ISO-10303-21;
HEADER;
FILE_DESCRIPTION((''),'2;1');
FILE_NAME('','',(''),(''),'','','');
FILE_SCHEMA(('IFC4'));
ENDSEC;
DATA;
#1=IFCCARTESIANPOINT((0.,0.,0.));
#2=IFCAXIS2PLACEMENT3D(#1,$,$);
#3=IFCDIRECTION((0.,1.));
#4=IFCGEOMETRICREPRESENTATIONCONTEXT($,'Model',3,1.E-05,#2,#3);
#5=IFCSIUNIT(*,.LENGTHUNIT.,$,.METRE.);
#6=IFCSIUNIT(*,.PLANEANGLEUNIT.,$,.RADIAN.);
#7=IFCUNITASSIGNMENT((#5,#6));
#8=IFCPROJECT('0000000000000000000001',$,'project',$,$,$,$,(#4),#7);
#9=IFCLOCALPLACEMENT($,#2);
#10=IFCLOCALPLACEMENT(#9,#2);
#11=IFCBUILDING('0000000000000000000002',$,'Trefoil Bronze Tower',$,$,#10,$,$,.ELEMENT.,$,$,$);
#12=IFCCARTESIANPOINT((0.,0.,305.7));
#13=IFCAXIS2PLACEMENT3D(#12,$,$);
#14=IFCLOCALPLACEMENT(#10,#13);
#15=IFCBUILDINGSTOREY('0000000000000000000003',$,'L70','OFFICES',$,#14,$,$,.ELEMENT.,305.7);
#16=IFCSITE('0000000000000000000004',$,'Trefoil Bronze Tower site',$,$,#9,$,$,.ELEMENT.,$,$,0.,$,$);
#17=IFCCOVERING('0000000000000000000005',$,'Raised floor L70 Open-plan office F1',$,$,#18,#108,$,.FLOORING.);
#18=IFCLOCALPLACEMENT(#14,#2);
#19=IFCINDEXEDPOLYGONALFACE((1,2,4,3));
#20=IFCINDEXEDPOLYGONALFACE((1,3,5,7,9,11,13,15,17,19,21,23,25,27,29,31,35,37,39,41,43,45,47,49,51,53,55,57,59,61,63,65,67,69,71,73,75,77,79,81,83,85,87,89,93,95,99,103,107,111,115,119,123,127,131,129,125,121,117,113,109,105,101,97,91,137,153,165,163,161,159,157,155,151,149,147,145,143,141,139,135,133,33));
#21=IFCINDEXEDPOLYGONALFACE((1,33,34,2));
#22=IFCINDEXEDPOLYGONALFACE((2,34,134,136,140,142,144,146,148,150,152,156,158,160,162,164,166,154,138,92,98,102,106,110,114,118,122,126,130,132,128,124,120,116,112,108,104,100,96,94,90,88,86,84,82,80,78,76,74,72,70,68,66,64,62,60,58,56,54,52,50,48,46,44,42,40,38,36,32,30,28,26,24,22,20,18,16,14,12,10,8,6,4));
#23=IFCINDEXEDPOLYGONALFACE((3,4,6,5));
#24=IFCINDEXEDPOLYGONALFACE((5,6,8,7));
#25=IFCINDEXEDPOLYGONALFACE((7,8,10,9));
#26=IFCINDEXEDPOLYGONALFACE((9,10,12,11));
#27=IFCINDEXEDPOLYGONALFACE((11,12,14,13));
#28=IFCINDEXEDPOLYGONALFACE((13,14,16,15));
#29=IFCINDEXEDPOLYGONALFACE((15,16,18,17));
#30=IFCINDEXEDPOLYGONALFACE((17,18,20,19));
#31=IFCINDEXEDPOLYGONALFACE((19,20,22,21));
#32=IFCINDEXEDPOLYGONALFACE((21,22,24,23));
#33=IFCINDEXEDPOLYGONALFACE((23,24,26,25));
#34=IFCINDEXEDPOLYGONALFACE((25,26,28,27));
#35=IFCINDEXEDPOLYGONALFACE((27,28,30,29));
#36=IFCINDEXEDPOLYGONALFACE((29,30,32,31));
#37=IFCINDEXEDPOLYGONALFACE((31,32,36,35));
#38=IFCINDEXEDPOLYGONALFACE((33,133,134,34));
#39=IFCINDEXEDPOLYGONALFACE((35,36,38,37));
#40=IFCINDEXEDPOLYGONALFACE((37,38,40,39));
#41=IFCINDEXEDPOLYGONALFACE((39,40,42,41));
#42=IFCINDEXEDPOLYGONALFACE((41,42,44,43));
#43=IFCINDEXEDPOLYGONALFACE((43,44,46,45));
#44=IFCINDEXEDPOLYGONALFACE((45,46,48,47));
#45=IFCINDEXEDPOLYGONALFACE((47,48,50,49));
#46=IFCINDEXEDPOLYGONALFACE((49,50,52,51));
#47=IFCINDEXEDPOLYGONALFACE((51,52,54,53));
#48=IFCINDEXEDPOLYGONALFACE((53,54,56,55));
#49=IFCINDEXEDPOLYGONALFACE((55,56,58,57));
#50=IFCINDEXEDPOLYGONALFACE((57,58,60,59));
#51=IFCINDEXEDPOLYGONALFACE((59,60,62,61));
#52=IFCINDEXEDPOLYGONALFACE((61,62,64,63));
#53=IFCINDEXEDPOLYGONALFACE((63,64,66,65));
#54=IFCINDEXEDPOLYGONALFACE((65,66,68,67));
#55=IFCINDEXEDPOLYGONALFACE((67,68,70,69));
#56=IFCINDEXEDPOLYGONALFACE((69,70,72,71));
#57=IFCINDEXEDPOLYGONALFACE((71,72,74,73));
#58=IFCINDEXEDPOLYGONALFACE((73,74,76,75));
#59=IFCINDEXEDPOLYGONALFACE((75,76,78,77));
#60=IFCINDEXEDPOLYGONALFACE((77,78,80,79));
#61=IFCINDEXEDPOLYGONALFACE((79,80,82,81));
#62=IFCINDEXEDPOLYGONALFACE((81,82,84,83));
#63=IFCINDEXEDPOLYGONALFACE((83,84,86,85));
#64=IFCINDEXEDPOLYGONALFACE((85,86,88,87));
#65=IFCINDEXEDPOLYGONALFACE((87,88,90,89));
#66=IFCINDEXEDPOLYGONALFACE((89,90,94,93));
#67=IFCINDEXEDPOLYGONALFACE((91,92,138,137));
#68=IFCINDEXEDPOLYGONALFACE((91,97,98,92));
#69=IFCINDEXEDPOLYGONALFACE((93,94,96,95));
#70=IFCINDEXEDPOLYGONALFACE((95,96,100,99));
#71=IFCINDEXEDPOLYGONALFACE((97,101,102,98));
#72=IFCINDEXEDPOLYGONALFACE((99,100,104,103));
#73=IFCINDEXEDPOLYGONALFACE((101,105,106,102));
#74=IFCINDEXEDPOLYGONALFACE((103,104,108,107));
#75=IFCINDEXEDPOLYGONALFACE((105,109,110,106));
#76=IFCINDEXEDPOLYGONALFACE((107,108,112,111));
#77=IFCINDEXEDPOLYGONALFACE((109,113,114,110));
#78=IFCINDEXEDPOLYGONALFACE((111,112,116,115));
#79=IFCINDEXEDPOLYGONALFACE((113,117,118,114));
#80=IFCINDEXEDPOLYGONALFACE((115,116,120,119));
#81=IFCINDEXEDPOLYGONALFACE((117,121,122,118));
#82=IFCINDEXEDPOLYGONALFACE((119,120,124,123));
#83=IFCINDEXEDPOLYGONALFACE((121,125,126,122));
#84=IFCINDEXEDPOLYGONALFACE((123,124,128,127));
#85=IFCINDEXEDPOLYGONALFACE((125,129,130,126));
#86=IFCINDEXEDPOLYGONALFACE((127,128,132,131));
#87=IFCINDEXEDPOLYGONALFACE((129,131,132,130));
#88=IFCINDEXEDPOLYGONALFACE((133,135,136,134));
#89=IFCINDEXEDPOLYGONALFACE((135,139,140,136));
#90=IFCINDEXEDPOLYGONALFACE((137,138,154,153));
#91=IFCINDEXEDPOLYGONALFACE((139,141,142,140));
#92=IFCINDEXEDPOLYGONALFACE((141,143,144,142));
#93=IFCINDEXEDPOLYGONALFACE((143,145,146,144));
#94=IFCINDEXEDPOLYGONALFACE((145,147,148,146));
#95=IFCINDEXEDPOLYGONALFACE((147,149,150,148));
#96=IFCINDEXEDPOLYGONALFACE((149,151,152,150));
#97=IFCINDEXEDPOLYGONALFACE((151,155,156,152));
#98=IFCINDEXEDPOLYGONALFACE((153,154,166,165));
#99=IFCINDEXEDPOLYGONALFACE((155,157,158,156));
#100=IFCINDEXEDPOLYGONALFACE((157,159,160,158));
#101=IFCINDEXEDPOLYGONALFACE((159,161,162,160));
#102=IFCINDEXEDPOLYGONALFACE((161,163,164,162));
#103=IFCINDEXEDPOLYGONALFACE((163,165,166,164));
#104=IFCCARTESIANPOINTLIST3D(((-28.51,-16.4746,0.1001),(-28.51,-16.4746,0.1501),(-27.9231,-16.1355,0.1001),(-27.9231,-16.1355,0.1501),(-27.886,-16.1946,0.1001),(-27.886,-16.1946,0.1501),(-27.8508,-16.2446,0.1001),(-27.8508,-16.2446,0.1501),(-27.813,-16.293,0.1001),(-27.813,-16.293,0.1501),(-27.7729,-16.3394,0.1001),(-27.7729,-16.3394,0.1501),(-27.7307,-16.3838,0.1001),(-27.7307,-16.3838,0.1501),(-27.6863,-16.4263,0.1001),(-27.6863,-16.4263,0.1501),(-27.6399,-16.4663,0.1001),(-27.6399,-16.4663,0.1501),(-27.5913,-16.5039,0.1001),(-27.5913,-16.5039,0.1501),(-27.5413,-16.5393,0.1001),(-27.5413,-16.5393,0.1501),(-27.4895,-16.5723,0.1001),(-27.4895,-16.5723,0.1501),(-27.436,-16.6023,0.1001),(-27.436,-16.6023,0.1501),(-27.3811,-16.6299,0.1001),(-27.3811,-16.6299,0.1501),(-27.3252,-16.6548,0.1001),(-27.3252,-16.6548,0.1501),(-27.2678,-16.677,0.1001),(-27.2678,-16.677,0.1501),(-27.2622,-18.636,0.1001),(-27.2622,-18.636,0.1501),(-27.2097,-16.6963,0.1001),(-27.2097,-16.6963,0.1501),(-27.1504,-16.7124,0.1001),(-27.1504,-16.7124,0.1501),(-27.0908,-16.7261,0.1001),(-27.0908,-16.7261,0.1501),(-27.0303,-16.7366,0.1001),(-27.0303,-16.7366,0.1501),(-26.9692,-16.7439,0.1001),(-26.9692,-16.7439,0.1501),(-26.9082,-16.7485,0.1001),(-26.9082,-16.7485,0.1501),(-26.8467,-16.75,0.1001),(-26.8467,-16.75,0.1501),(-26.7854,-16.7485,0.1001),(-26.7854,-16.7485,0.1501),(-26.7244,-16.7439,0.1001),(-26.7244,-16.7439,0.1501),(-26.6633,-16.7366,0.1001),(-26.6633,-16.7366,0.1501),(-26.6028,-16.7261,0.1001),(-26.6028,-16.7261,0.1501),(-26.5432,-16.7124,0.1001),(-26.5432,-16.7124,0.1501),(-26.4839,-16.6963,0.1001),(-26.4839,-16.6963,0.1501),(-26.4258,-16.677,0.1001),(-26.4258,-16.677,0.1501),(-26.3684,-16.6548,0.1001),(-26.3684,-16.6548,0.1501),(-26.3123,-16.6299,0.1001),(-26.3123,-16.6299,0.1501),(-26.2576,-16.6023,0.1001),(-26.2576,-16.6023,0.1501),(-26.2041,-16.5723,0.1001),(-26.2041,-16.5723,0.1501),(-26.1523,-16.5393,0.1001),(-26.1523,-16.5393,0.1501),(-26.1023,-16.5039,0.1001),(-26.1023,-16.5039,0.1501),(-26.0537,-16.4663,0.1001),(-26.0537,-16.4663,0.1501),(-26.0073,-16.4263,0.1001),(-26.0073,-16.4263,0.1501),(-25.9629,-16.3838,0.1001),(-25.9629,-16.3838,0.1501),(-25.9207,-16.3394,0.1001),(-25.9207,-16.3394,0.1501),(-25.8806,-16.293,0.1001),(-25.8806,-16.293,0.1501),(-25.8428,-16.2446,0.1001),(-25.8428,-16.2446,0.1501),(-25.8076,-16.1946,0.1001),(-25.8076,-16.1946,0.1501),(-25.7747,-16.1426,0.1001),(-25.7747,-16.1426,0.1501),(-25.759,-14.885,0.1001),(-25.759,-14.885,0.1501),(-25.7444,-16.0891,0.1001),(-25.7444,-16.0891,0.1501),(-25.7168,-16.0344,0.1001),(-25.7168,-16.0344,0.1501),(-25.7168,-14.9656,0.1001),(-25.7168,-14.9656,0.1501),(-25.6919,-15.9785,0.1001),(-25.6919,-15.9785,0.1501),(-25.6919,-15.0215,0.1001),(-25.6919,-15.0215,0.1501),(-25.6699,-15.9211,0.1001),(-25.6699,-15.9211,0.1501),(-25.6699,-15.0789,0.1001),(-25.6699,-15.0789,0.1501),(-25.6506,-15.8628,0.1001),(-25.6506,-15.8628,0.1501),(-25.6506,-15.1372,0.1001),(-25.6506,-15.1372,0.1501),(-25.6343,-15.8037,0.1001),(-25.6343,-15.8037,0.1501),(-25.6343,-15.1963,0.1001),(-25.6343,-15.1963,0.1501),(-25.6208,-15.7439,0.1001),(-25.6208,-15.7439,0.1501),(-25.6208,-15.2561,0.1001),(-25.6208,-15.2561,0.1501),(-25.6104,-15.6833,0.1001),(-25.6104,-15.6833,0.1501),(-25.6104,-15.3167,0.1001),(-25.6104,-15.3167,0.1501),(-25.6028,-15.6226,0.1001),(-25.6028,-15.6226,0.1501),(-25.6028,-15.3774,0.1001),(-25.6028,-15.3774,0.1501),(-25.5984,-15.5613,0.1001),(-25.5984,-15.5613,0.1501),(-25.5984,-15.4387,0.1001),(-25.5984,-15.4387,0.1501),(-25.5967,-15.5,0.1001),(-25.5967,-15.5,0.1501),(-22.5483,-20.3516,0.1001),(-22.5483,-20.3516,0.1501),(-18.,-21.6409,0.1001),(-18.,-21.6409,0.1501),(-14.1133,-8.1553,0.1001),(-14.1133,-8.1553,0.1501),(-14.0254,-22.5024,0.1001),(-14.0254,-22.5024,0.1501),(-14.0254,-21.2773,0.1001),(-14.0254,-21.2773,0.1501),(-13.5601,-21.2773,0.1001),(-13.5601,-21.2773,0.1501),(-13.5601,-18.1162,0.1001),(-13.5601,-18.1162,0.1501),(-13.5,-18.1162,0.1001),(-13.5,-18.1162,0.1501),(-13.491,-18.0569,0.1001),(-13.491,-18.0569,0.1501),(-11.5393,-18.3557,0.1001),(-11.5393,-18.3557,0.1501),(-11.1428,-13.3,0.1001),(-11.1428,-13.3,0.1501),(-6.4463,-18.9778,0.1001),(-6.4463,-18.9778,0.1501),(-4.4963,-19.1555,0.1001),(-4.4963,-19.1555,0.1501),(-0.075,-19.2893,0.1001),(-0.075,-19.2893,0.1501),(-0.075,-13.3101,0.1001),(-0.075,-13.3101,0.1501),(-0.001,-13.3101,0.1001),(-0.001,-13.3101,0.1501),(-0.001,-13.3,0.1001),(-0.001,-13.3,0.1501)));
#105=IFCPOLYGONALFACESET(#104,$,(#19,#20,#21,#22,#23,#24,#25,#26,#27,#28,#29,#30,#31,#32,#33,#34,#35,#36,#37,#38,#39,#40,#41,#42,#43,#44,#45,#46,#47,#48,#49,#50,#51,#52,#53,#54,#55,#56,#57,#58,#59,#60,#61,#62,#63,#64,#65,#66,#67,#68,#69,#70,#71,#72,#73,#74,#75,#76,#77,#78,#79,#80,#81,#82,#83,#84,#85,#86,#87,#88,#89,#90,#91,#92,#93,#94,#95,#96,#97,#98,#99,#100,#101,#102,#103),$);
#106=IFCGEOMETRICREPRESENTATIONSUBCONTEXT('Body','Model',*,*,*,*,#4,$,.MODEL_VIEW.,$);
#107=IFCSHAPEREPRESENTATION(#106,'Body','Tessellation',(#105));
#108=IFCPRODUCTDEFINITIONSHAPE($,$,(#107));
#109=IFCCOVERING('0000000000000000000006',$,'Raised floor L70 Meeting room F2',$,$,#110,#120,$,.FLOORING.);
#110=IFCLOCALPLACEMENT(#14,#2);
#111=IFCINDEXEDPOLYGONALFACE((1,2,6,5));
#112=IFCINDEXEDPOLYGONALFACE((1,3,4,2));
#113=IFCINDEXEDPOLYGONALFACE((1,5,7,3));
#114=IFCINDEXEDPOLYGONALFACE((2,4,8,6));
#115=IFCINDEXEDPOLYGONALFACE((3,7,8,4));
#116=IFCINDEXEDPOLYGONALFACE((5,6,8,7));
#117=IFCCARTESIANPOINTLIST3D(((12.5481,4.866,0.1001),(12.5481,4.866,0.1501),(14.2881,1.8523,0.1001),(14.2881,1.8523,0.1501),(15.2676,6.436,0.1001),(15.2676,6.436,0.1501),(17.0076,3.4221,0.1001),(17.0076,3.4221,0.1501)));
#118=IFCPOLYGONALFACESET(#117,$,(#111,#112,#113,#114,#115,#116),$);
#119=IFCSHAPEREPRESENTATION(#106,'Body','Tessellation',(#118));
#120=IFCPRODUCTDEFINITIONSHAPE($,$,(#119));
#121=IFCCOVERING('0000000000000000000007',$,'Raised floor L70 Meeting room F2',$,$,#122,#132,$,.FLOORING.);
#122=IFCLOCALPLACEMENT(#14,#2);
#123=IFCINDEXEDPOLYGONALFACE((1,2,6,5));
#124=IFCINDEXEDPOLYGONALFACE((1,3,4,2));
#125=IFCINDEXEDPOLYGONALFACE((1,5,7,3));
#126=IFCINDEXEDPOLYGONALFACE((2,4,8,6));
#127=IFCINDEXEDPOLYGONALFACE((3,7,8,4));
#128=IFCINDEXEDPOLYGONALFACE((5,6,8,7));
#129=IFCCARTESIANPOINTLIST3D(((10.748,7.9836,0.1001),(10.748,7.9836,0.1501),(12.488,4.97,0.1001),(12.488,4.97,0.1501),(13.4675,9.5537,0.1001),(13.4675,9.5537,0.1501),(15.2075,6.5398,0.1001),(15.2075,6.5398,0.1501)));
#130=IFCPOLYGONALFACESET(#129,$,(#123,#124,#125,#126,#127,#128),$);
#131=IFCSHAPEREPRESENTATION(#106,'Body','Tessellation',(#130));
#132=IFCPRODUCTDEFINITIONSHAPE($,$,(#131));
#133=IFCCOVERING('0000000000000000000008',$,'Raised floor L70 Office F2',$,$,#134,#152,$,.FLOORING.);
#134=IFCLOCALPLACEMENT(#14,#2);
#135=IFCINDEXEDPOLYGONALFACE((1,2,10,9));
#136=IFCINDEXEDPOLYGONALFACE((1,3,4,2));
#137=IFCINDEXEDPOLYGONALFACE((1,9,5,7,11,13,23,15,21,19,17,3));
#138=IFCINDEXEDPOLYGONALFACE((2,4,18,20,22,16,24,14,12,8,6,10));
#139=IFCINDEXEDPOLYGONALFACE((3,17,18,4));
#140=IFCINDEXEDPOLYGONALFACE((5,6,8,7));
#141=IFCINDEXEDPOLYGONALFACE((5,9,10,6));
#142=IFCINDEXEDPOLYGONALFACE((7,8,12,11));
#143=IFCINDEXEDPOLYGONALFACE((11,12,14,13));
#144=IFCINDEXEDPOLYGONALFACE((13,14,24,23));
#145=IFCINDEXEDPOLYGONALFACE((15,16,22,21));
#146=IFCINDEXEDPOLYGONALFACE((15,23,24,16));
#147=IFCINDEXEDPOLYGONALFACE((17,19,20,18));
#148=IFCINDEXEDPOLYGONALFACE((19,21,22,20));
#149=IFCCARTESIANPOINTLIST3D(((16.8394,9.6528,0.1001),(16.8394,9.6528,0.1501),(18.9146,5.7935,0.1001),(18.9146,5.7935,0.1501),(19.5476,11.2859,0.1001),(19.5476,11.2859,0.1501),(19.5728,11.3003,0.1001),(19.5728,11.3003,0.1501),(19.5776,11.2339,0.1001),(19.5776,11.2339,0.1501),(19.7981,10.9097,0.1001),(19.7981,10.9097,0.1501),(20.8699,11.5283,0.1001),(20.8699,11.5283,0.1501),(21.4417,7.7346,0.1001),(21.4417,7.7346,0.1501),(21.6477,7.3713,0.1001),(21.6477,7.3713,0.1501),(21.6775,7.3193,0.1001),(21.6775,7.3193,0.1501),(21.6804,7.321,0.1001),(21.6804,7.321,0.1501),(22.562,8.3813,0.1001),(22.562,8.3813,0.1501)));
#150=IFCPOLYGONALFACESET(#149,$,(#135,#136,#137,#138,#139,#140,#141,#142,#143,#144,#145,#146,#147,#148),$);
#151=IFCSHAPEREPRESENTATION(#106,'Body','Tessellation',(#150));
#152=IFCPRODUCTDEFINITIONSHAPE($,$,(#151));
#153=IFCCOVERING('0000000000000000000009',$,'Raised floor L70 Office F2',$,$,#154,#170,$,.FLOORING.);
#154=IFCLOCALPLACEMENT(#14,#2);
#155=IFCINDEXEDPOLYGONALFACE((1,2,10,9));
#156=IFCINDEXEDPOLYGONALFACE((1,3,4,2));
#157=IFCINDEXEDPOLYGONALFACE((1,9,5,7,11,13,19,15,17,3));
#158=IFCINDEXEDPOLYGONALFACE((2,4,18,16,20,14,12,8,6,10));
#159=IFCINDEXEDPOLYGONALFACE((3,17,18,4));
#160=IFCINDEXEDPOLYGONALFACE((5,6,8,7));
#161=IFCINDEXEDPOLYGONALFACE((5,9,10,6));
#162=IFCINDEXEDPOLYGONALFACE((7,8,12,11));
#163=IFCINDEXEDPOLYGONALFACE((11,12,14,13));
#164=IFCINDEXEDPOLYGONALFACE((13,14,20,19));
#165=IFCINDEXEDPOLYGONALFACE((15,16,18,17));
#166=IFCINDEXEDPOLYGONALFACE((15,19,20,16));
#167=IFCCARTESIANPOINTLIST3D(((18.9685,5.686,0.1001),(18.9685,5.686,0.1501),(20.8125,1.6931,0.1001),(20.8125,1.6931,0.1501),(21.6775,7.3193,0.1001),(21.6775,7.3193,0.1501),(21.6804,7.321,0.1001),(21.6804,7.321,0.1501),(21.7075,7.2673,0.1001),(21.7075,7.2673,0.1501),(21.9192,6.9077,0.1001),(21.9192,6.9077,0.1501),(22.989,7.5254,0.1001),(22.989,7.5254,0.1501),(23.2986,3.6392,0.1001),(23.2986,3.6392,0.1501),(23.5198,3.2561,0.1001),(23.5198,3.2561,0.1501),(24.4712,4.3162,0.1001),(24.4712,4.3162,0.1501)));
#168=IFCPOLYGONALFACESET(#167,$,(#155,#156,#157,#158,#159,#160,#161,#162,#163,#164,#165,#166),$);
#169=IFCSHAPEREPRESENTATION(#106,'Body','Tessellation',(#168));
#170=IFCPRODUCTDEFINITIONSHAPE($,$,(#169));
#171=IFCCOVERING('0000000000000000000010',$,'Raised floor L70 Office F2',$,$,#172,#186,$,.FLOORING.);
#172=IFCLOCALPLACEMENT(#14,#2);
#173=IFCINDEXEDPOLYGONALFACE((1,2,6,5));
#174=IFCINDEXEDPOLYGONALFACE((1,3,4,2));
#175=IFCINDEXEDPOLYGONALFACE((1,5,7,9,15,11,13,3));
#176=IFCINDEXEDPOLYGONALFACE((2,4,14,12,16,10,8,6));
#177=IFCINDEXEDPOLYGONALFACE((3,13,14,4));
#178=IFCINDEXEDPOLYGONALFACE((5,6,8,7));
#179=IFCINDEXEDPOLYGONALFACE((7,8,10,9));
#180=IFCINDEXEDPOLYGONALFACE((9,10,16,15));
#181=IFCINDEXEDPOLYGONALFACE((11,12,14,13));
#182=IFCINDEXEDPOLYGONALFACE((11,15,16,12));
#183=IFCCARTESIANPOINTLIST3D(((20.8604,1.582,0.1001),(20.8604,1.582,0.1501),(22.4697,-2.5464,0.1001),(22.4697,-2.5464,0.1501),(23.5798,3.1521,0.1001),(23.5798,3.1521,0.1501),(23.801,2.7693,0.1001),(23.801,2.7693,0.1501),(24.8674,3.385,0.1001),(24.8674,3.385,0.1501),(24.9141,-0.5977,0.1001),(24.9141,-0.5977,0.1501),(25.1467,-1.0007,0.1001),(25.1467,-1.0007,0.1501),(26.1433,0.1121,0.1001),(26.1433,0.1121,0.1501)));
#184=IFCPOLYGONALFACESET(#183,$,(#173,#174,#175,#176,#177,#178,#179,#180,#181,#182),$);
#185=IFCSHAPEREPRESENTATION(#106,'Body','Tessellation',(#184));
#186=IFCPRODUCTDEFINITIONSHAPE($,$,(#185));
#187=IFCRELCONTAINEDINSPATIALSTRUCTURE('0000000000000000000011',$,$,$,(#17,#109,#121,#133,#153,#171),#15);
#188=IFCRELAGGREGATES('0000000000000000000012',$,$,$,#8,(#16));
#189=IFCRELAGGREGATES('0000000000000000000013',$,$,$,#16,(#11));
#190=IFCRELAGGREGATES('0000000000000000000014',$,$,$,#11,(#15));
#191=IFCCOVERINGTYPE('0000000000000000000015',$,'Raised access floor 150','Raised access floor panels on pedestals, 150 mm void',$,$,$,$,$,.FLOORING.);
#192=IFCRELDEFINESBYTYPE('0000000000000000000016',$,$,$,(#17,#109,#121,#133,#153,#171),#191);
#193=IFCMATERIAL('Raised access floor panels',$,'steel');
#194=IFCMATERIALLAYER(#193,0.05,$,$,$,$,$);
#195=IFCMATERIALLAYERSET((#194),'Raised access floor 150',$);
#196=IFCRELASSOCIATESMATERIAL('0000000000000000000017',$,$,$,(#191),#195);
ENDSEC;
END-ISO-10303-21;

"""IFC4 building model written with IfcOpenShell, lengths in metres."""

from ifc_helpers import new_model, si_unit, direction, frame, origin, place, context, subcontext, project, spatial, polyline, outline, extrude, material, layer, layer_set, type_object, element, save


model = new_model("IFC4")

# Units and contexts
model_context = context("Model", 3, precision=1e-05, world=origin(), true_north=direction((0.0, 1.0)))
body_context = subcontext(model_context, "Body", "Model", "MODEL_VIEW")
ifc_project = project(units=[si_unit("LENGTHUNIT", "METRE"), si_unit("PLANEANGLEUNIT", "RADIAN")], contexts=[model_context])

# Site, building, storey
site_placement = place(None, origin())
site = spatial("IfcSite", under=ifc_project, at=site_placement, Name="Trefoil Bronze Tower site", CompositionType="ELEMENT", RefElevation=0.0)
building_placement = place(site_placement, origin())
building = spatial("IfcBuilding", under=site, at=building_placement, Name="Trefoil Bronze Tower", CompositionType="ELEMENT")
storey_placement = place(building_placement, frame((0.0, 0.0, 305.7)))
storey = spatial("IfcBuildingStorey", under=building, at=storey_placement, Name="L70", Description="OFFICES", CompositionType="ELEMENT", Elevation=305.7)

# Coverings
ifc_material_1 = material(Name="Raised access floor panels", Category="steel")
ifc_layer_1 = layer(ifc_material_1, 0.05)
ifc_layer_set_1 = layer_set([ifc_layer_1], Name="Raised access floor 150")
covering_type_1 = type_object("IfcCoveringType", Name="Raised access floor 150", Description="Raised access floor panels on pedestals, 150 mm void", PredefinedType="FLOORING", material=ifc_layer_set_1)
covering_1_placement = place(storey_placement, frame((0.0, 0.0, 0.1001)))
element("IfcCovering", 1, at=covering_1_placement, inside=storey, type_object=covering_type_1, Name="Raised floor L70 Open-plan office F1", PredefinedType="FLOORING", context=body_context, shape_type="SweptSolid", body=[
    extrude(outline(polyline([(-14.1133, -8.1553), (-11.1428, -13.3), (-0.001, -13.3), (-0.001, -13.3101), (-0.075, -13.3101), (-0.075, -19.2893), (-4.4963, -19.1555), (-6.4463, -18.9778), (-11.5393, -18.3557), (-13.491, -18.0569), (-13.5, -18.1162), (-13.5601, -18.1162), (-13.5601, -21.2773), (-14.0254, -21.2773), (-14.0254, -22.5024), (-18.0, -21.6409), (-22.5483, -20.3516), (-27.2622, -18.636), (-28.51, -16.4746), (-27.9231, -16.1355), (-27.886, -16.1946), (-27.8508, -16.2446), (-27.813, -16.293), (-27.7729, -16.3394), (-27.7307, -16.3838), (-27.6863, -16.4263), (-27.6399, -16.4663), (-27.5913, -16.5039), (-27.5413, -16.5393), (-27.4895, -16.5723), (-27.436, -16.6023), (-27.3811, -16.6299), (-27.3252, -16.6548), (-27.2678, -16.677), (-27.2097, -16.6963), (-27.1504, -16.7124), (-27.0908, -16.7261), (-27.0303, -16.7366), (-26.9692, -16.7439), (-26.9082, -16.7485), (-26.8467, -16.75), (-26.7854, -16.7485), (-26.7244, -16.7439), (-26.6633, -16.7366), (-26.6028, -16.7261), (-26.5432, -16.7124), (-26.4839, -16.6963), (-26.4258, -16.677), (-26.3684, -16.6548), (-26.3123, -16.6299), (-26.2576, -16.6023), (-26.2041, -16.5723), (-26.1523, -16.5393), (-26.1023, -16.5039), (-26.0537, -16.4663), (-26.0073, -16.4263), (-25.9629, -16.3838), (-25.9207, -16.3394), (-25.8806, -16.293), (-25.8428, -16.2446), (-25.8076, -16.1946), (-25.7747, -16.1426), (-25.7444, -16.0891), (-25.7168, -16.0344), (-25.6919, -15.9785), (-25.6699, -15.9211), (-25.6506, -15.8628), (-25.6343, -15.8037), (-25.6208, -15.7439), (-25.6104, -15.6833), (-25.6028, -15.6226), (-25.5984, -15.5613), (-25.5967, -15.5), (-25.5984, -15.4387), (-25.6028, -15.3774), (-25.6104, -15.3167), (-25.6208, -15.2561), (-25.6343, -15.1963), (-25.6506, -15.1372), (-25.6699, -15.0789), (-25.6919, -15.0215), (-25.7168, -14.9656), (-25.759, -14.885), (-14.1133, -8.1553)])), origin(), (0.0, 0.0, 1.0), 0.05),
])
covering_2_placement = place(storey_placement, frame((0.0, 0.0, 0.1001)))
element("IfcCovering", 2, at=covering_2_placement, inside=storey, type_object=covering_type_1, Name="Raised floor L70 Meeting room F2", PredefinedType="FLOORING", context=body_context, shape_type="SweptSolid", body=[
    extrude(outline(polyline([(12.5481, 4.866), (15.2676, 6.436), (17.0076, 3.4221), (14.2881, 1.8523), (12.5481, 4.866)])), origin(), (0.0, 0.0, 1.0), 0.05),
])
covering_3_placement = place(storey_placement, frame((0.0, 0.0, 0.1001)))
element("IfcCovering", 3, at=covering_3_placement, inside=storey, type_object=covering_type_1, Name="Raised floor L70 Meeting room F2", PredefinedType="FLOORING", context=body_context, shape_type="SweptSolid", body=[
    extrude(outline(polyline([(10.748, 7.9836), (13.4675, 9.5537), (15.2075, 6.5398), (12.488, 4.97), (10.748, 7.9836)])), origin(), (0.0, 0.0, 1.0), 0.05),
])
covering_4_placement = place(storey_placement, frame((0.0, 0.0, 0.1001)))
element("IfcCovering", 4, at=covering_4_placement, inside=storey, type_object=covering_type_1, Name="Raised floor L70 Office F2", PredefinedType="FLOORING", context=body_context, shape_type="SweptSolid", body=[
    extrude(outline(polyline([(22.562, 8.3813), (21.4417, 7.7346), (21.6804, 7.321), (21.6775, 7.3193), (21.6477, 7.3713), (18.9146, 5.7935), (16.8394, 9.6528), (19.5776, 11.2339), (19.5476, 11.2859), (19.5728, 11.3003), (19.7981, 10.9097), (20.8699, 11.5283), (22.562, 8.3813)])), origin(), (0.0, 0.0, 1.0), 0.05),
])
covering_5_placement = place(storey_placement, frame((0.0, 0.0, 0.1001)))
element("IfcCovering", 5, at=covering_5_placement, inside=storey, type_object=covering_type_1, Name="Raised floor L70 Office F2", PredefinedType="FLOORING", context=body_context, shape_type="SweptSolid", body=[
    extrude(outline(polyline([(23.5198, 3.2561), (20.8125, 1.6931), (18.9685, 5.686), (21.7075, 7.2673), (21.6775, 7.3193), (21.6804, 7.321), (21.9192, 6.9077), (22.989, 7.5254), (24.4712, 4.3162), (23.2986, 3.6392), (23.5198, 3.2561)])), origin(), (0.0, 0.0, 1.0), 0.05),
])
covering_6_placement = place(storey_placement, frame((0.0, 0.0, 0.1001)))
element("IfcCovering", 6, at=covering_6_placement, inside=storey, type_object=covering_type_1, Name="Raised floor L70 Office F2", PredefinedType="FLOORING", context=body_context, shape_type="SweptSolid", body=[
    extrude(outline(polyline([(25.1467, -1.0007), (22.4697, -2.5464), (20.8604, 1.582), (23.5798, 3.1521), (23.801, 2.7693), (24.8674, 3.385), (26.1433, 0.1121), (24.9141, -0.5977), (25.1467, -1.0007)])), origin(), (0.0, 0.0, 1.0), 0.05),
])

save(model, "model.ifc")
